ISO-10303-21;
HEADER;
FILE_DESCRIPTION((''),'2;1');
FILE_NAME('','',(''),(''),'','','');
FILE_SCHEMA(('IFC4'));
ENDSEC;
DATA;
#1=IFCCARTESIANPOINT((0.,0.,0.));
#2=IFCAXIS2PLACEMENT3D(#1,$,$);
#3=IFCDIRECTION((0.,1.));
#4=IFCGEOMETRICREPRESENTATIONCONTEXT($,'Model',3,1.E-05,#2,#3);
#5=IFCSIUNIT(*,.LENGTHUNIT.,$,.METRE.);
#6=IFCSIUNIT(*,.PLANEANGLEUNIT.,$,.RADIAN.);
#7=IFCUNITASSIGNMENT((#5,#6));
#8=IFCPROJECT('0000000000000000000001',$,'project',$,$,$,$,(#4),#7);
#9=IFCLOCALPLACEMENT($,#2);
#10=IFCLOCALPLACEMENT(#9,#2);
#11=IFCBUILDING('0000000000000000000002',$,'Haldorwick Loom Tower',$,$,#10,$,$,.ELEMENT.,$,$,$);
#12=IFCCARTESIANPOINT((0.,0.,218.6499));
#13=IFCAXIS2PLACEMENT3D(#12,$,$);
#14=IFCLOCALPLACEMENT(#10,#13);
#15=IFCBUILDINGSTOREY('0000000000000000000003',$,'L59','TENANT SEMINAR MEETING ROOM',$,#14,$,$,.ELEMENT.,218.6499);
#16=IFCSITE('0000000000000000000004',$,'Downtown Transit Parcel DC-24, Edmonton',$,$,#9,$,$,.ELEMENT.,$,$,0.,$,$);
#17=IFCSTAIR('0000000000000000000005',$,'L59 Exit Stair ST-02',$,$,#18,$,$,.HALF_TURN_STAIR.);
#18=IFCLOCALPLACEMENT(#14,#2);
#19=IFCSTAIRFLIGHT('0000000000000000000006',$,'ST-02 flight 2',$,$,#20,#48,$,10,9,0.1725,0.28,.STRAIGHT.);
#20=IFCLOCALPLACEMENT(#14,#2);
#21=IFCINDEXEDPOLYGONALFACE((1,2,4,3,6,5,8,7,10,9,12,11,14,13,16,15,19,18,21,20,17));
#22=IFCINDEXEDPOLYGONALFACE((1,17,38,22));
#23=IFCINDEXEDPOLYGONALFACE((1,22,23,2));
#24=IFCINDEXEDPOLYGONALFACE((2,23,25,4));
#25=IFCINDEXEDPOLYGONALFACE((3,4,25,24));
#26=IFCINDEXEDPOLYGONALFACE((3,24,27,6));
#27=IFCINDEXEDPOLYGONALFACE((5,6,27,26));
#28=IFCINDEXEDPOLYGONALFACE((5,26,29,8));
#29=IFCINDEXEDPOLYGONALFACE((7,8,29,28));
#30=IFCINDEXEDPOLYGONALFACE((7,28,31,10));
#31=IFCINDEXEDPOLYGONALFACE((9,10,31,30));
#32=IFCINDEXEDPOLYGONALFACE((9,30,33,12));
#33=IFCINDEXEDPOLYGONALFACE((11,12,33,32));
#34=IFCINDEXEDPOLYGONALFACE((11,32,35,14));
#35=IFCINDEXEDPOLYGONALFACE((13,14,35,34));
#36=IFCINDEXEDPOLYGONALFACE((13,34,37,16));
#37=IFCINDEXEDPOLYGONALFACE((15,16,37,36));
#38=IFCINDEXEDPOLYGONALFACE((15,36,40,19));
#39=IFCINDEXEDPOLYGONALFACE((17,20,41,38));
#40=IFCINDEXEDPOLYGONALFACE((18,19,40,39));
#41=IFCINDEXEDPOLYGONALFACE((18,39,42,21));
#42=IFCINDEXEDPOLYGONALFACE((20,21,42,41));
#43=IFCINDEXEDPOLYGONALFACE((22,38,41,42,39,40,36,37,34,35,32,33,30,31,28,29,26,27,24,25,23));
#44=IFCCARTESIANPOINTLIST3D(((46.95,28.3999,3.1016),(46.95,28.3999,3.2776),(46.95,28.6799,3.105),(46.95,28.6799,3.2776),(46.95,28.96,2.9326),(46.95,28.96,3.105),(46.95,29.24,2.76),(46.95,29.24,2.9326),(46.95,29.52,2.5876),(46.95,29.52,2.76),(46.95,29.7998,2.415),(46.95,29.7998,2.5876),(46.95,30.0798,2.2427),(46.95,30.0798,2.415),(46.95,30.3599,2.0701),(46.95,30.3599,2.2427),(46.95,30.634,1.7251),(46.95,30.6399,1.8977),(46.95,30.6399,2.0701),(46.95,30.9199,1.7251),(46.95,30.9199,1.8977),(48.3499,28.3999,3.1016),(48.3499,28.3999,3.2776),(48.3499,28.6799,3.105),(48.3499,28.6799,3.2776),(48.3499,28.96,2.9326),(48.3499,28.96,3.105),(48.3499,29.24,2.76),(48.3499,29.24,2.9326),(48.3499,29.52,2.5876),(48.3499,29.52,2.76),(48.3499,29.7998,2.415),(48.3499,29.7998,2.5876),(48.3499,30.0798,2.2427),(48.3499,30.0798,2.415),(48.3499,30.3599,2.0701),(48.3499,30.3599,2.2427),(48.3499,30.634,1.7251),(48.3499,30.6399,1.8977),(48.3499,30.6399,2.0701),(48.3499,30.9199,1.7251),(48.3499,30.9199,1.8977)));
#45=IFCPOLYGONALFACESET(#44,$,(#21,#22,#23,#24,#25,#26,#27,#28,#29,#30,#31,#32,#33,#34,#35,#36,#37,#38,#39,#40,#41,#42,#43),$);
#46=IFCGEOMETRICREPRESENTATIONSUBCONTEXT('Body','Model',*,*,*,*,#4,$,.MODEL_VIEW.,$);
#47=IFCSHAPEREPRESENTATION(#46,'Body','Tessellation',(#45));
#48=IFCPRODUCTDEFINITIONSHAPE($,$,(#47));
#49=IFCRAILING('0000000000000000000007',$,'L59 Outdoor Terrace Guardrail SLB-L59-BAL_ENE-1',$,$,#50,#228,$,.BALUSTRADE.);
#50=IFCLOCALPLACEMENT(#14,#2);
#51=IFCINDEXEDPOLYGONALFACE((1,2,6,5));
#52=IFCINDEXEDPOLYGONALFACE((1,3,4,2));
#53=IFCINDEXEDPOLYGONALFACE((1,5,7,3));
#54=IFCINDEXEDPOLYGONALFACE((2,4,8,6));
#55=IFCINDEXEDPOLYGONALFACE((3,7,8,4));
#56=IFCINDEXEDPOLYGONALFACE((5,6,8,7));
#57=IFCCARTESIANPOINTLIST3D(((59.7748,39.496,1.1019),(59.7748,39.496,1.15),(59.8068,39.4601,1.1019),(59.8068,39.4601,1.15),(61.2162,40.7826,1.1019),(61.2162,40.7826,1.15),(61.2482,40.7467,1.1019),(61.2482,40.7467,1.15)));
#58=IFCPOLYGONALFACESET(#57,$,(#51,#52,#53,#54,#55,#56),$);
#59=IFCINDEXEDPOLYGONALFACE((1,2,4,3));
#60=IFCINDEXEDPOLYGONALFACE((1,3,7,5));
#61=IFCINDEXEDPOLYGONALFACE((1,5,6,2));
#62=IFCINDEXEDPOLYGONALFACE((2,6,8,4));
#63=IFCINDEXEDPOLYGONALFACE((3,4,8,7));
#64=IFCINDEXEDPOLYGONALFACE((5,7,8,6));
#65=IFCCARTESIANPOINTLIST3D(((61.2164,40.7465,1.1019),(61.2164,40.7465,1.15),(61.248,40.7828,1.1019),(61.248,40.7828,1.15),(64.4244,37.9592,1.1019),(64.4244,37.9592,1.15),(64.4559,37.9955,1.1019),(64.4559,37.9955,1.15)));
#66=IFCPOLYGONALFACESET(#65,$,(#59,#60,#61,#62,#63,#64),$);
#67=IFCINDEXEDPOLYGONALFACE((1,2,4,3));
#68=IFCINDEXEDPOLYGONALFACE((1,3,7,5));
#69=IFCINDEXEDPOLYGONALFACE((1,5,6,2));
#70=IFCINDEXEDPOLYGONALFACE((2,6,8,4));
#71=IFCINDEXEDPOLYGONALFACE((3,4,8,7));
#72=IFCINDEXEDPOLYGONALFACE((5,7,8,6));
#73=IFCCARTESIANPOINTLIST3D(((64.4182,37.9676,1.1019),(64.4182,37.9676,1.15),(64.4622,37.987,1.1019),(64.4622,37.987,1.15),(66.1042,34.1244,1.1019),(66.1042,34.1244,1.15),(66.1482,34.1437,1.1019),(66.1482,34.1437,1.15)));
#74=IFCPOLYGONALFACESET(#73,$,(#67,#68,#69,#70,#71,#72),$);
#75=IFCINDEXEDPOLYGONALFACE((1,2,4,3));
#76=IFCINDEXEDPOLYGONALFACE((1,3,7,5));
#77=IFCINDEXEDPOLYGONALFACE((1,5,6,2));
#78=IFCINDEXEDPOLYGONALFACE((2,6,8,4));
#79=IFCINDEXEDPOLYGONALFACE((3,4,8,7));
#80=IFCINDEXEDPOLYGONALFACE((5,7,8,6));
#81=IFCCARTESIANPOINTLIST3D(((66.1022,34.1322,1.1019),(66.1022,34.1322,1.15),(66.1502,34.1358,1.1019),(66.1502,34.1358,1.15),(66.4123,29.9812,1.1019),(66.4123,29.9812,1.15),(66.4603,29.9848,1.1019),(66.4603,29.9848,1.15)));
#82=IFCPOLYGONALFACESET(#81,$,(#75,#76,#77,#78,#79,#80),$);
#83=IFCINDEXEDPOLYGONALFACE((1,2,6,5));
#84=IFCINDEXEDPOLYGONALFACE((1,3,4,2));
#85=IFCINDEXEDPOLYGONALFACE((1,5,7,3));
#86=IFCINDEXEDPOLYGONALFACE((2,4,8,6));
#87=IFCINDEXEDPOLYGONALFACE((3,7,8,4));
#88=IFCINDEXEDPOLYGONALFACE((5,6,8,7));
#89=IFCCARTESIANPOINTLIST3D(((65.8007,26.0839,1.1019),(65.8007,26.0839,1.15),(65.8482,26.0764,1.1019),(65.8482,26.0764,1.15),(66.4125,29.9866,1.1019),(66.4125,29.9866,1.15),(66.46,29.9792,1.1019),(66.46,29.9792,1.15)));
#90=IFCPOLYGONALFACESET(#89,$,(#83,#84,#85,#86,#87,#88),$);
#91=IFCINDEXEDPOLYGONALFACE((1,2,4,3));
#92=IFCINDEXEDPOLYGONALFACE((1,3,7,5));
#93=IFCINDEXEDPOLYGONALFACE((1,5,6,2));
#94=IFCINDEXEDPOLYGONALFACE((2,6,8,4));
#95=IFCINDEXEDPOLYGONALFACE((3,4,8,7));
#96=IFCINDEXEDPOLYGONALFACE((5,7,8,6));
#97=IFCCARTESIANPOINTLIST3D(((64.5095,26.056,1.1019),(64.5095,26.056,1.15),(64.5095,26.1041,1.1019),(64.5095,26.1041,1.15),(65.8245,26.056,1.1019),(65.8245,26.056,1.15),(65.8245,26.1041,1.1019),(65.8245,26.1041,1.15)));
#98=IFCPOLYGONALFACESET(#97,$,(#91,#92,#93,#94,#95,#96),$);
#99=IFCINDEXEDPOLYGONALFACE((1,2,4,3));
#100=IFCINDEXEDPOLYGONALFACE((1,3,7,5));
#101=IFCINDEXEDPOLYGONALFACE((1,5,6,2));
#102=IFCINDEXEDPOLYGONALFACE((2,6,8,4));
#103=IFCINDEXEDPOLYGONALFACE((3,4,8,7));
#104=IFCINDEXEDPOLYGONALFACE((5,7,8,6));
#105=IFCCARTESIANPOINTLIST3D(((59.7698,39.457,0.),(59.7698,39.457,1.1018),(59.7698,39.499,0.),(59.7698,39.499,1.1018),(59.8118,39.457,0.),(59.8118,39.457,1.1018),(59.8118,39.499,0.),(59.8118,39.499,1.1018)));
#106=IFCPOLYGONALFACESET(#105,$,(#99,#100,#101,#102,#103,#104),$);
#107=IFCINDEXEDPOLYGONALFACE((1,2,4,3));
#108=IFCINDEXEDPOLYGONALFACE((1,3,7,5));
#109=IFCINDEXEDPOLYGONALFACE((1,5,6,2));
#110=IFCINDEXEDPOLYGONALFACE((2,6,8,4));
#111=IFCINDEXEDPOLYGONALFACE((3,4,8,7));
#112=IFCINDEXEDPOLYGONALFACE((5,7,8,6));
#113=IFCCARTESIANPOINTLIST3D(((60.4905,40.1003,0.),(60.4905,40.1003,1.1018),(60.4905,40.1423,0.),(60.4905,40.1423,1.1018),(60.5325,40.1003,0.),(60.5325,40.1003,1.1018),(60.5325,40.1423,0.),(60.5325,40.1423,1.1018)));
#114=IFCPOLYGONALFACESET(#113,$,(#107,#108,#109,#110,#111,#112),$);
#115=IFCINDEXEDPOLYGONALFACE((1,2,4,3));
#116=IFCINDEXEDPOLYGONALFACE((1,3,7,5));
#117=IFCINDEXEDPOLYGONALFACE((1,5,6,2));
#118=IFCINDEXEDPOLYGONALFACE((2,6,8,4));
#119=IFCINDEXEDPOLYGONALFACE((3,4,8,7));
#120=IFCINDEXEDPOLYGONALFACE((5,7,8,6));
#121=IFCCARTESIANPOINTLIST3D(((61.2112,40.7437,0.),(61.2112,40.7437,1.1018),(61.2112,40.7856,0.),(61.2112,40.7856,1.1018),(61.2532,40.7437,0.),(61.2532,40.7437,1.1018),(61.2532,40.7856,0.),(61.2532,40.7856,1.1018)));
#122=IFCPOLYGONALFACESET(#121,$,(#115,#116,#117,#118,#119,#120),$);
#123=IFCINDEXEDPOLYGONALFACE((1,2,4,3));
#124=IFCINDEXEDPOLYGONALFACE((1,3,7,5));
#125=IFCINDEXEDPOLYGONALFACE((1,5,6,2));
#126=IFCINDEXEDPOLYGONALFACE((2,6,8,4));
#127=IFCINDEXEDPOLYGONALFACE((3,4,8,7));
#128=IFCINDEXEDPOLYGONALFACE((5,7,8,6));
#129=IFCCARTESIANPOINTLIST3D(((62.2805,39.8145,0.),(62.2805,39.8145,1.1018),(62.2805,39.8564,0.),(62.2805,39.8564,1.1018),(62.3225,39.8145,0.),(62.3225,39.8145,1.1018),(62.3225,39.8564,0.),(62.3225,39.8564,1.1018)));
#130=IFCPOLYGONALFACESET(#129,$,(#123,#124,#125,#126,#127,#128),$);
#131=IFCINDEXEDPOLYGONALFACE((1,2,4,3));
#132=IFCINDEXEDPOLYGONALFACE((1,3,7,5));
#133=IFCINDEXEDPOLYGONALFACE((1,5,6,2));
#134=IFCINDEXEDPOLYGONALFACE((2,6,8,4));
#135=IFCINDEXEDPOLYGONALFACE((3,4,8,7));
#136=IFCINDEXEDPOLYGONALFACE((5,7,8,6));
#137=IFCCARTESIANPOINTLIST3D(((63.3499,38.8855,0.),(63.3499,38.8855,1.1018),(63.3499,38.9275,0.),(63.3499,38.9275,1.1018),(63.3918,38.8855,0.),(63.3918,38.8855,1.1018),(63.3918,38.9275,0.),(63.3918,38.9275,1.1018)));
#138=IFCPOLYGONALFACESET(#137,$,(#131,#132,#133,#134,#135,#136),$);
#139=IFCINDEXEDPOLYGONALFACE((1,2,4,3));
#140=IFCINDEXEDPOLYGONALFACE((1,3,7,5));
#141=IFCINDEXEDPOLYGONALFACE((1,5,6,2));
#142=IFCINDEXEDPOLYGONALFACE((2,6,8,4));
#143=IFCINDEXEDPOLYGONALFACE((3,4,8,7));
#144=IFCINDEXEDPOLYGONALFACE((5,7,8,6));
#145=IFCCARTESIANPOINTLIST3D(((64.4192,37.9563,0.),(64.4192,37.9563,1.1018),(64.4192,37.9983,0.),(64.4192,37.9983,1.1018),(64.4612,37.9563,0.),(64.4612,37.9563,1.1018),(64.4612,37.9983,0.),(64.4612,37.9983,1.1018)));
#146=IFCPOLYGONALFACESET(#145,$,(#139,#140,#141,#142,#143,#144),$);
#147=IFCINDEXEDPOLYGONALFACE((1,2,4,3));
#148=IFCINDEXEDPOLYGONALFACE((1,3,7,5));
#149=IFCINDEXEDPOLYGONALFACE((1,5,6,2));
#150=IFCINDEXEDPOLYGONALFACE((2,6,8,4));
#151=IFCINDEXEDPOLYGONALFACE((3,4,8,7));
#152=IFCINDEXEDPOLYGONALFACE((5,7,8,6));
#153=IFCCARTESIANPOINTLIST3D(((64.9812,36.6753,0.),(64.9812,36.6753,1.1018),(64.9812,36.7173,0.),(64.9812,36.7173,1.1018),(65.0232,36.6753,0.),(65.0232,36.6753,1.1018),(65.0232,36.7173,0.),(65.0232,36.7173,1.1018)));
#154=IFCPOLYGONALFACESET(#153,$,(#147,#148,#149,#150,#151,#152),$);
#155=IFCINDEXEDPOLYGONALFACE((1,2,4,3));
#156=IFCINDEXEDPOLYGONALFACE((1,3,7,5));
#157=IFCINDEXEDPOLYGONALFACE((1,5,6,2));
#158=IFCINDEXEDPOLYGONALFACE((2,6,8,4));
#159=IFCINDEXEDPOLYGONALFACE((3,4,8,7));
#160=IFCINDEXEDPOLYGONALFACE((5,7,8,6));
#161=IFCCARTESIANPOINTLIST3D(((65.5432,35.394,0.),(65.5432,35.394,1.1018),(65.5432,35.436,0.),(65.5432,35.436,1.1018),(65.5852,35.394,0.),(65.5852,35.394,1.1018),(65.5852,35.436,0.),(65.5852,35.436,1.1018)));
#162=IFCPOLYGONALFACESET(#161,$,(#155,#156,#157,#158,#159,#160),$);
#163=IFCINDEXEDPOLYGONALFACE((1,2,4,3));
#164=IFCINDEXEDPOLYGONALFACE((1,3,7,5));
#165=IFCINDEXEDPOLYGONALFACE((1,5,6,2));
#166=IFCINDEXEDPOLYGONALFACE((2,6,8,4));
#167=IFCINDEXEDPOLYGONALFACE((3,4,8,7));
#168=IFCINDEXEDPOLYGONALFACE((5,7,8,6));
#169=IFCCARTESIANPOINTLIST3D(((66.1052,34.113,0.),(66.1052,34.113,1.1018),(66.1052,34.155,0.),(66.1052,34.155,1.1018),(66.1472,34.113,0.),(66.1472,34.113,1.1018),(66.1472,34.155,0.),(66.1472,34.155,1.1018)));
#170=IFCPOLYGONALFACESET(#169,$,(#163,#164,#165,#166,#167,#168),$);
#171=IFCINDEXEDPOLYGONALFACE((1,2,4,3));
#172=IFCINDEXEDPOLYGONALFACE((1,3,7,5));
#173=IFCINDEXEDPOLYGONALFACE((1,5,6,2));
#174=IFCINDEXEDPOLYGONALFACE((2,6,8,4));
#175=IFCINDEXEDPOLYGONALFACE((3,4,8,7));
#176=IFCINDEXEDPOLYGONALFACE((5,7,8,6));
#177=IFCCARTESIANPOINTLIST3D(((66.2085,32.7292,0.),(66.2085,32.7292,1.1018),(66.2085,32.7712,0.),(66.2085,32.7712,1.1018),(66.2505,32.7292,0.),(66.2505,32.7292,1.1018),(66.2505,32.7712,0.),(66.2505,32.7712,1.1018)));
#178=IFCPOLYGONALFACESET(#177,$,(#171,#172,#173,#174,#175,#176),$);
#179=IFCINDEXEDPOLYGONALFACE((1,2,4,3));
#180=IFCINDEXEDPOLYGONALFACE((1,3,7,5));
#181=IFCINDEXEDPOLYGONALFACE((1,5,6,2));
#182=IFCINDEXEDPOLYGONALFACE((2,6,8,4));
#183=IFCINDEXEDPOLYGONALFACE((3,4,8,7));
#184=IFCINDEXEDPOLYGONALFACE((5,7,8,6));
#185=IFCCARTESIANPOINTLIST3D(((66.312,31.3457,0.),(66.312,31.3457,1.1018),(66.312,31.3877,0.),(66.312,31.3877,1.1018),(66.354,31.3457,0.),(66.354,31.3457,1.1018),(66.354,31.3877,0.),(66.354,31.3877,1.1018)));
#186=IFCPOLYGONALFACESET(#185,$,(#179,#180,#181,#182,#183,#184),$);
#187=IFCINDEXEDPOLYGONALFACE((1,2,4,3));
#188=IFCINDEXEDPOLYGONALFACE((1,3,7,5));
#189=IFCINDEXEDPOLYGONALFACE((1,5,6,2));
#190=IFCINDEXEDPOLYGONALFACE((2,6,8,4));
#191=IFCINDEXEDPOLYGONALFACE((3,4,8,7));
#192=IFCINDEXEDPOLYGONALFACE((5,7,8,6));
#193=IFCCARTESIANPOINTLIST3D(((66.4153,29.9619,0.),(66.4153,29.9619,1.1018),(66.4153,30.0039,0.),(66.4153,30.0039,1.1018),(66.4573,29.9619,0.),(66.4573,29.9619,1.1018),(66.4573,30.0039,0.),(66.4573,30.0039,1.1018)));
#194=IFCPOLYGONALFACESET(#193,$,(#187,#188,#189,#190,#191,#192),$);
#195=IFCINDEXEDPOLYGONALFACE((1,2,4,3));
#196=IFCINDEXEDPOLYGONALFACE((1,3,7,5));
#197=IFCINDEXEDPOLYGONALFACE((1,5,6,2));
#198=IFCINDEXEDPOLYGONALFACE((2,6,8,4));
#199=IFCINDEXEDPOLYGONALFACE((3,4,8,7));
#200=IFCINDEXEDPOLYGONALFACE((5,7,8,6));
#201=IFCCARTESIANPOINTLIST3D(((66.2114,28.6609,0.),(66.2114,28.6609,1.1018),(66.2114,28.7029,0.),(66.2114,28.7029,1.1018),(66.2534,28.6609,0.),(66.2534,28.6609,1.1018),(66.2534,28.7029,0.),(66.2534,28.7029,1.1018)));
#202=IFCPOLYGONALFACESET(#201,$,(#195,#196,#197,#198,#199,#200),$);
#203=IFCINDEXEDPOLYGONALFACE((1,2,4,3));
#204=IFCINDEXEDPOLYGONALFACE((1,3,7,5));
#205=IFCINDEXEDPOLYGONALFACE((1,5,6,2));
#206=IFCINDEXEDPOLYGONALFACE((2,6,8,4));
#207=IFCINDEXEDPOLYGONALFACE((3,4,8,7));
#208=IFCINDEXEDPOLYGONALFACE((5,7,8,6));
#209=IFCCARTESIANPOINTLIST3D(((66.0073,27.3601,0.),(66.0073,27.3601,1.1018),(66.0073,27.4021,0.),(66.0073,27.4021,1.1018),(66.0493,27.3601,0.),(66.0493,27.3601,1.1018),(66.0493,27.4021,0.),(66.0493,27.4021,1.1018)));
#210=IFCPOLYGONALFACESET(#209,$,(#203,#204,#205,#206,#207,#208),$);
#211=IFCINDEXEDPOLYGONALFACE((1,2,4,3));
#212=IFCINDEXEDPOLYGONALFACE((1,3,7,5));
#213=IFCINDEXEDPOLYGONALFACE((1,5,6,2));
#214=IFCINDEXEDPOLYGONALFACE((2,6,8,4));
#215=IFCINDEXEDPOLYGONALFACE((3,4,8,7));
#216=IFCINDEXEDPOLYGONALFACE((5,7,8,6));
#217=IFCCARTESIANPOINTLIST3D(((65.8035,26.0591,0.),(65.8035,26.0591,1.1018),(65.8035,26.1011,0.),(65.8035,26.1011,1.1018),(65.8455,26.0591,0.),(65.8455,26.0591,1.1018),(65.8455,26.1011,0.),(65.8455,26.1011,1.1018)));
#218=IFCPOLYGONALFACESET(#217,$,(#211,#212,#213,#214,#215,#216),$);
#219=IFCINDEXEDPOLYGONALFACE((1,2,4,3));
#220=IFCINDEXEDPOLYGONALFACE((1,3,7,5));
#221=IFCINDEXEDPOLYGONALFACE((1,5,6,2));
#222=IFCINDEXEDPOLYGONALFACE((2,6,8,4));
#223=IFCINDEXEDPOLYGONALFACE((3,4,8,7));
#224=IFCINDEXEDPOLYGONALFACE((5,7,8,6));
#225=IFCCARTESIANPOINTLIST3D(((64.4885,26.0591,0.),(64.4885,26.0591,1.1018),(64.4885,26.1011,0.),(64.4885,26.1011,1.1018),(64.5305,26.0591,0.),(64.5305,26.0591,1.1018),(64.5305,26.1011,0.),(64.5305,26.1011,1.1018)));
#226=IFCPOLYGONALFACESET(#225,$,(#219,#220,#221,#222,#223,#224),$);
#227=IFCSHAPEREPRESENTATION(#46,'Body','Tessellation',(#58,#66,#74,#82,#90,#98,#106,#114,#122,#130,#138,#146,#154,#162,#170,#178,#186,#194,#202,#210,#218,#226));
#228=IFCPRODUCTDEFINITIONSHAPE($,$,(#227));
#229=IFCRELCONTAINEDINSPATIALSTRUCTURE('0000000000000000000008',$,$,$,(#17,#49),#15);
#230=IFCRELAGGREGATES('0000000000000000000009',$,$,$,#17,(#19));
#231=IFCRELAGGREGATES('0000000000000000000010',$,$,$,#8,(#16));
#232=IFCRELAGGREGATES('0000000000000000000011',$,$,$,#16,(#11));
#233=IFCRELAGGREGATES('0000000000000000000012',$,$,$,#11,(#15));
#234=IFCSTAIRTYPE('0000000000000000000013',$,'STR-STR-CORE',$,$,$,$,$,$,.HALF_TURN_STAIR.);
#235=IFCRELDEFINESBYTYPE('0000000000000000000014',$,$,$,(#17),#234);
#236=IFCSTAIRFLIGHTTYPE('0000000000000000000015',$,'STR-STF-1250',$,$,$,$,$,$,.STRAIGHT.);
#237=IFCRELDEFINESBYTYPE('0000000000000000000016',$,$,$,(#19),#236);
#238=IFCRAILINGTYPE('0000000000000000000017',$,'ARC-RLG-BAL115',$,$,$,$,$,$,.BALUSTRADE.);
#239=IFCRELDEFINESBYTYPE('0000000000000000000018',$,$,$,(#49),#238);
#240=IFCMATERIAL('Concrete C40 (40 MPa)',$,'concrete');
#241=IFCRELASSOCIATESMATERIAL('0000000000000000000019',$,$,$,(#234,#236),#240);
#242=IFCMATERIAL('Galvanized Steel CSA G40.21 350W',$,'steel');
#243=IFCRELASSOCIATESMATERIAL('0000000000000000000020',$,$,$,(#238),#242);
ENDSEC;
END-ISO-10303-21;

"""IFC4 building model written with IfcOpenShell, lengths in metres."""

from ifc_helpers import new_model, si_unit, direction, frame, origin, origin_2d, place, context, subcontext, project, spatial, polyline, rectangle, outline, extrude, material, type_object, element, aggregate, save


model = new_model("IFC4")

# Units and contexts
model_context = context("Model", 3, precision=1e-05, world=origin(), true_north=direction((0.0, 1.0)))
body_context = subcontext(model_context, "Body", "Model", "MODEL_VIEW")
ifc_project = project(units=[si_unit("LENGTHUNIT", "METRE"), si_unit("PLANEANGLEUNIT", "RADIAN")], contexts=[model_context])

# Site, building, storey
site_placement = place(None, origin())
site = spatial("IfcSite", under=ifc_project, at=site_placement, Name="Downtown Transit Parcel DC-24, Edmonton", CompositionType="ELEMENT", RefElevation=0.0)
building_placement = place(site_placement, origin())
building = spatial("IfcBuilding", under=site, at=building_placement, Name="Haldorwick Loom Tower", CompositionType="ELEMENT")
storey_placement = place(building_placement, frame((0.0, 0.0, 218.6499)))
storey = spatial("IfcBuildingStorey", under=building, at=storey_placement, Name="L59", Description="TENANT SEMINAR MEETING ROOM", CompositionType="ELEMENT", Elevation=218.6499)

# Stair, stair flight
ifc_material_1 = material(Name="Concrete C40 (40 MPa)", Category="concrete")
stair_type = type_object("IfcStairType", Name="STR-STR-CORE", PredefinedType="HALF_TURN_STAIR", material=ifc_material_1)
stair_placement = place(storey_placement, origin())
stair = element("IfcStair", 1, at=stair_placement, inside=storey, type_object=stair_type, Name="L59 Exit Stair ST-02", PredefinedType="HALF_TURN_STAIR")
stair_flight_type = type_object("IfcStairFlightType", Name="STR-STF-1250", PredefinedType="STRAIGHT", material=ifc_material_1)
stair_flight_1_placement = place(storey_placement, frame((47.6499, 30.9199, 1.7251), z_axis=(0.0, 0.0, 1.0), x_axis=(0.0, -1.0, 0.0)))
stair_flight_1 = element("IfcStairFlight", 2, at=stair_flight_1_placement, type_object=stair_flight_type, Name="ST-02 flight 2", NumberOfRisers=10, NumberOfTreads=9, PredefinedType="STRAIGHT", RiserHeight=0.1725, TreadLength=0.28, context=body_context, shape_type="SweptSolid", body=[
    extrude(outline(polyline([(0.0, 0.0), (0.0, 0.1726), (0.28, 0.1726), (0.28, 0.345), (0.5601, 0.345), (0.5601, 0.5176), (0.8401, 0.5176), (0.8401, 0.6899), (1.1201, 0.6899), (1.1201, 0.8625), (1.3999, 0.8625), (1.3999, 1.0349), (1.6799, 1.0349), (1.6799, 1.2075), (1.96, 1.2075), (1.96, 1.3799), (2.24, 1.3799), (2.24, 1.5525), (2.52, 1.5525), (2.52, 1.7251), (2.52, 1.3765), (0.2859, 0.0), (0.0, 0.0)])), frame((0.0, 0.7, 0.0), z_axis=(0.0, -1.0, 0.0), x_axis=(1.0, 0.0, 0.0)), (0.0, 0.0, 1.0), 1.3999),
])
aggregate(stair, [stair_flight_1])

# Railing
ifc_material_2 = material(Name="Galvanized Steel CSA G40.21 350W", Category="steel")
railing_type_1 = type_object("IfcRailingType", Name="ARC-RLG-BAL115", PredefinedType="BALUSTRADE", material=ifc_material_2)
railing_1_placement = place(storey_placement, frame((59.7908, 39.478, 0.0)))
element("IfcRailing", 3, at=railing_1_placement, inside=storey, type_object=railing_type_1, Name="L59 Outdoor Terrace Guardrail SLB-L59-BAL_ENE-1", PredefinedType="BALUSTRADE", context=body_context, shape_type="SweptSolid", body=[
    extrude(rectangle(XDim=0.0481, YDim=0.0481, at=origin_2d()), frame((0.0, 0.0, 1.126), z_axis=(0.746027, 0.665915, 0.0), x_axis=(-0.665915, 0.746027, 0.0)), (0.0, 0.0, 1.0), 1.9321),
    extrude(rectangle(XDim=0.0481, YDim=0.0481, at=origin_2d()), frame((1.4414, 1.2866, 1.126), z_axis=(0.754864, -0.655881, 0.0), x_axis=(0.655881, 0.754864, 0.0)), (0.0, 0.0, 1.0), 4.2498),
    extrude(rectangle(XDim=0.0481, YDim=0.0481, at=origin_2d()), frame((4.6494, -1.5007, 1.126), z_axis=(0.40174, -0.915754, 0.0), x_axis=(0.915754, 0.40174, 0.0)), (0.0, 0.0, 1.0), 4.1968),
    extrude(rectangle(XDim=0.0481, YDim=0.0481, at=origin_2d()), frame((6.3354, -5.344, 1.126), z_axis=(0.074485, -0.997222, 0.0), x_axis=(0.997222, 0.074485, 0.0)), (0.0, 0.0, 1.0), 4.1626),
    extrude(rectangle(XDim=0.0481, YDim=0.0481, at=origin_2d()), frame((6.6455, -9.4951, 1.126), z_axis=(-0.154871, -0.987935, 0.0), x_axis=(0.987935, -0.154871, 0.0)), (0.0, 0.0, 1.0), 3.9504),
    extrude(rectangle(XDim=0.0481, YDim=0.0481, at=origin_2d()), frame((6.0337, -13.3979, 1.126), z_axis=(-1.0, 0.0, 0.0), x_axis=(0.0, -1.0, 0.0)), (0.0, 0.0, 1.0), 1.3149),
    extrude(rectangle(XDim=0.042, YDim=0.042, at=origin_2d()), origin(), (0.0, 0.0, 1.0), 1.1018),
    extrude(rectangle(XDim=0.042, YDim=0.042, at=origin_2d()), frame((0.7207, 0.6433, 0.0)), (0.0, 0.0, 1.0), 1.1018),
    extrude(rectangle(XDim=0.042, YDim=0.042, at=origin_2d()), frame((1.4414, 1.2866, 0.0)), (0.0, 0.0, 1.0), 1.1018),
    extrude(rectangle(XDim=0.042, YDim=0.042, at=origin_2d()), frame((2.5107, 0.3574, 0.0)), (0.0, 0.0, 1.0), 1.1018),
    extrude(rectangle(XDim=0.042, YDim=0.042, at=origin_2d()), frame((3.5801, -0.5715, 0.0)), (0.0, 0.0, 1.0), 1.1018),
    extrude(rectangle(XDim=0.042, YDim=0.042, at=origin_2d()), frame((4.6494, -1.5007, 0.0)), (0.0, 0.0, 1.0), 1.1018),
    extrude(rectangle(XDim=0.042, YDim=0.042, at=origin_2d()), frame((5.2114, -2.7817, 0.0)), (0.0, 0.0, 1.0), 1.1018),
    extrude(rectangle(XDim=0.042, YDim=0.042, at=origin_2d()), frame((5.7734, -4.063, 0.0)), (0.0, 0.0, 1.0), 1.1018),
    extrude(rectangle(XDim=0.042, YDim=0.042, at=origin_2d()), frame((6.3354, -5.344, 0.0)), (0.0, 0.0, 1.0), 1.1018),
    extrude(rectangle(XDim=0.042, YDim=0.042, at=origin_2d()), frame((6.4387, -6.7278, 0.0)), (0.0, 0.0, 1.0), 1.1018),
    extrude(rectangle(XDim=0.042, YDim=0.042, at=origin_2d()), frame((6.5422, -8.1113, 0.0)), (0.0, 0.0, 1.0), 1.1018),
    extrude(rectangle(XDim=0.042, YDim=0.042, at=origin_2d()), frame((6.6455, -9.4951, 0.0)), (0.0, 0.0, 1.0), 1.1018),
    extrude(rectangle(XDim=0.042, YDim=0.042, at=origin_2d()), frame((6.4417, -10.7961, 0.0)), (0.0, 0.0, 1.0), 1.1018),
    extrude(rectangle(XDim=0.042, YDim=0.042, at=origin_2d()), frame((6.2375, -12.0969, 0.0)), (0.0, 0.0, 1.0), 1.1018),
    extrude(rectangle(XDim=0.042, YDim=0.042, at=origin_2d()), frame((6.0337, -13.3979, 0.0)), (0.0, 0.0, 1.0), 1.1018),
    extrude(rectangle(XDim=0.042, YDim=0.042, at=origin_2d()), frame((4.7188, -13.3979, 0.0)), (0.0, 0.0, 1.0), 1.1018),
])

save(model, "model.ifc")
